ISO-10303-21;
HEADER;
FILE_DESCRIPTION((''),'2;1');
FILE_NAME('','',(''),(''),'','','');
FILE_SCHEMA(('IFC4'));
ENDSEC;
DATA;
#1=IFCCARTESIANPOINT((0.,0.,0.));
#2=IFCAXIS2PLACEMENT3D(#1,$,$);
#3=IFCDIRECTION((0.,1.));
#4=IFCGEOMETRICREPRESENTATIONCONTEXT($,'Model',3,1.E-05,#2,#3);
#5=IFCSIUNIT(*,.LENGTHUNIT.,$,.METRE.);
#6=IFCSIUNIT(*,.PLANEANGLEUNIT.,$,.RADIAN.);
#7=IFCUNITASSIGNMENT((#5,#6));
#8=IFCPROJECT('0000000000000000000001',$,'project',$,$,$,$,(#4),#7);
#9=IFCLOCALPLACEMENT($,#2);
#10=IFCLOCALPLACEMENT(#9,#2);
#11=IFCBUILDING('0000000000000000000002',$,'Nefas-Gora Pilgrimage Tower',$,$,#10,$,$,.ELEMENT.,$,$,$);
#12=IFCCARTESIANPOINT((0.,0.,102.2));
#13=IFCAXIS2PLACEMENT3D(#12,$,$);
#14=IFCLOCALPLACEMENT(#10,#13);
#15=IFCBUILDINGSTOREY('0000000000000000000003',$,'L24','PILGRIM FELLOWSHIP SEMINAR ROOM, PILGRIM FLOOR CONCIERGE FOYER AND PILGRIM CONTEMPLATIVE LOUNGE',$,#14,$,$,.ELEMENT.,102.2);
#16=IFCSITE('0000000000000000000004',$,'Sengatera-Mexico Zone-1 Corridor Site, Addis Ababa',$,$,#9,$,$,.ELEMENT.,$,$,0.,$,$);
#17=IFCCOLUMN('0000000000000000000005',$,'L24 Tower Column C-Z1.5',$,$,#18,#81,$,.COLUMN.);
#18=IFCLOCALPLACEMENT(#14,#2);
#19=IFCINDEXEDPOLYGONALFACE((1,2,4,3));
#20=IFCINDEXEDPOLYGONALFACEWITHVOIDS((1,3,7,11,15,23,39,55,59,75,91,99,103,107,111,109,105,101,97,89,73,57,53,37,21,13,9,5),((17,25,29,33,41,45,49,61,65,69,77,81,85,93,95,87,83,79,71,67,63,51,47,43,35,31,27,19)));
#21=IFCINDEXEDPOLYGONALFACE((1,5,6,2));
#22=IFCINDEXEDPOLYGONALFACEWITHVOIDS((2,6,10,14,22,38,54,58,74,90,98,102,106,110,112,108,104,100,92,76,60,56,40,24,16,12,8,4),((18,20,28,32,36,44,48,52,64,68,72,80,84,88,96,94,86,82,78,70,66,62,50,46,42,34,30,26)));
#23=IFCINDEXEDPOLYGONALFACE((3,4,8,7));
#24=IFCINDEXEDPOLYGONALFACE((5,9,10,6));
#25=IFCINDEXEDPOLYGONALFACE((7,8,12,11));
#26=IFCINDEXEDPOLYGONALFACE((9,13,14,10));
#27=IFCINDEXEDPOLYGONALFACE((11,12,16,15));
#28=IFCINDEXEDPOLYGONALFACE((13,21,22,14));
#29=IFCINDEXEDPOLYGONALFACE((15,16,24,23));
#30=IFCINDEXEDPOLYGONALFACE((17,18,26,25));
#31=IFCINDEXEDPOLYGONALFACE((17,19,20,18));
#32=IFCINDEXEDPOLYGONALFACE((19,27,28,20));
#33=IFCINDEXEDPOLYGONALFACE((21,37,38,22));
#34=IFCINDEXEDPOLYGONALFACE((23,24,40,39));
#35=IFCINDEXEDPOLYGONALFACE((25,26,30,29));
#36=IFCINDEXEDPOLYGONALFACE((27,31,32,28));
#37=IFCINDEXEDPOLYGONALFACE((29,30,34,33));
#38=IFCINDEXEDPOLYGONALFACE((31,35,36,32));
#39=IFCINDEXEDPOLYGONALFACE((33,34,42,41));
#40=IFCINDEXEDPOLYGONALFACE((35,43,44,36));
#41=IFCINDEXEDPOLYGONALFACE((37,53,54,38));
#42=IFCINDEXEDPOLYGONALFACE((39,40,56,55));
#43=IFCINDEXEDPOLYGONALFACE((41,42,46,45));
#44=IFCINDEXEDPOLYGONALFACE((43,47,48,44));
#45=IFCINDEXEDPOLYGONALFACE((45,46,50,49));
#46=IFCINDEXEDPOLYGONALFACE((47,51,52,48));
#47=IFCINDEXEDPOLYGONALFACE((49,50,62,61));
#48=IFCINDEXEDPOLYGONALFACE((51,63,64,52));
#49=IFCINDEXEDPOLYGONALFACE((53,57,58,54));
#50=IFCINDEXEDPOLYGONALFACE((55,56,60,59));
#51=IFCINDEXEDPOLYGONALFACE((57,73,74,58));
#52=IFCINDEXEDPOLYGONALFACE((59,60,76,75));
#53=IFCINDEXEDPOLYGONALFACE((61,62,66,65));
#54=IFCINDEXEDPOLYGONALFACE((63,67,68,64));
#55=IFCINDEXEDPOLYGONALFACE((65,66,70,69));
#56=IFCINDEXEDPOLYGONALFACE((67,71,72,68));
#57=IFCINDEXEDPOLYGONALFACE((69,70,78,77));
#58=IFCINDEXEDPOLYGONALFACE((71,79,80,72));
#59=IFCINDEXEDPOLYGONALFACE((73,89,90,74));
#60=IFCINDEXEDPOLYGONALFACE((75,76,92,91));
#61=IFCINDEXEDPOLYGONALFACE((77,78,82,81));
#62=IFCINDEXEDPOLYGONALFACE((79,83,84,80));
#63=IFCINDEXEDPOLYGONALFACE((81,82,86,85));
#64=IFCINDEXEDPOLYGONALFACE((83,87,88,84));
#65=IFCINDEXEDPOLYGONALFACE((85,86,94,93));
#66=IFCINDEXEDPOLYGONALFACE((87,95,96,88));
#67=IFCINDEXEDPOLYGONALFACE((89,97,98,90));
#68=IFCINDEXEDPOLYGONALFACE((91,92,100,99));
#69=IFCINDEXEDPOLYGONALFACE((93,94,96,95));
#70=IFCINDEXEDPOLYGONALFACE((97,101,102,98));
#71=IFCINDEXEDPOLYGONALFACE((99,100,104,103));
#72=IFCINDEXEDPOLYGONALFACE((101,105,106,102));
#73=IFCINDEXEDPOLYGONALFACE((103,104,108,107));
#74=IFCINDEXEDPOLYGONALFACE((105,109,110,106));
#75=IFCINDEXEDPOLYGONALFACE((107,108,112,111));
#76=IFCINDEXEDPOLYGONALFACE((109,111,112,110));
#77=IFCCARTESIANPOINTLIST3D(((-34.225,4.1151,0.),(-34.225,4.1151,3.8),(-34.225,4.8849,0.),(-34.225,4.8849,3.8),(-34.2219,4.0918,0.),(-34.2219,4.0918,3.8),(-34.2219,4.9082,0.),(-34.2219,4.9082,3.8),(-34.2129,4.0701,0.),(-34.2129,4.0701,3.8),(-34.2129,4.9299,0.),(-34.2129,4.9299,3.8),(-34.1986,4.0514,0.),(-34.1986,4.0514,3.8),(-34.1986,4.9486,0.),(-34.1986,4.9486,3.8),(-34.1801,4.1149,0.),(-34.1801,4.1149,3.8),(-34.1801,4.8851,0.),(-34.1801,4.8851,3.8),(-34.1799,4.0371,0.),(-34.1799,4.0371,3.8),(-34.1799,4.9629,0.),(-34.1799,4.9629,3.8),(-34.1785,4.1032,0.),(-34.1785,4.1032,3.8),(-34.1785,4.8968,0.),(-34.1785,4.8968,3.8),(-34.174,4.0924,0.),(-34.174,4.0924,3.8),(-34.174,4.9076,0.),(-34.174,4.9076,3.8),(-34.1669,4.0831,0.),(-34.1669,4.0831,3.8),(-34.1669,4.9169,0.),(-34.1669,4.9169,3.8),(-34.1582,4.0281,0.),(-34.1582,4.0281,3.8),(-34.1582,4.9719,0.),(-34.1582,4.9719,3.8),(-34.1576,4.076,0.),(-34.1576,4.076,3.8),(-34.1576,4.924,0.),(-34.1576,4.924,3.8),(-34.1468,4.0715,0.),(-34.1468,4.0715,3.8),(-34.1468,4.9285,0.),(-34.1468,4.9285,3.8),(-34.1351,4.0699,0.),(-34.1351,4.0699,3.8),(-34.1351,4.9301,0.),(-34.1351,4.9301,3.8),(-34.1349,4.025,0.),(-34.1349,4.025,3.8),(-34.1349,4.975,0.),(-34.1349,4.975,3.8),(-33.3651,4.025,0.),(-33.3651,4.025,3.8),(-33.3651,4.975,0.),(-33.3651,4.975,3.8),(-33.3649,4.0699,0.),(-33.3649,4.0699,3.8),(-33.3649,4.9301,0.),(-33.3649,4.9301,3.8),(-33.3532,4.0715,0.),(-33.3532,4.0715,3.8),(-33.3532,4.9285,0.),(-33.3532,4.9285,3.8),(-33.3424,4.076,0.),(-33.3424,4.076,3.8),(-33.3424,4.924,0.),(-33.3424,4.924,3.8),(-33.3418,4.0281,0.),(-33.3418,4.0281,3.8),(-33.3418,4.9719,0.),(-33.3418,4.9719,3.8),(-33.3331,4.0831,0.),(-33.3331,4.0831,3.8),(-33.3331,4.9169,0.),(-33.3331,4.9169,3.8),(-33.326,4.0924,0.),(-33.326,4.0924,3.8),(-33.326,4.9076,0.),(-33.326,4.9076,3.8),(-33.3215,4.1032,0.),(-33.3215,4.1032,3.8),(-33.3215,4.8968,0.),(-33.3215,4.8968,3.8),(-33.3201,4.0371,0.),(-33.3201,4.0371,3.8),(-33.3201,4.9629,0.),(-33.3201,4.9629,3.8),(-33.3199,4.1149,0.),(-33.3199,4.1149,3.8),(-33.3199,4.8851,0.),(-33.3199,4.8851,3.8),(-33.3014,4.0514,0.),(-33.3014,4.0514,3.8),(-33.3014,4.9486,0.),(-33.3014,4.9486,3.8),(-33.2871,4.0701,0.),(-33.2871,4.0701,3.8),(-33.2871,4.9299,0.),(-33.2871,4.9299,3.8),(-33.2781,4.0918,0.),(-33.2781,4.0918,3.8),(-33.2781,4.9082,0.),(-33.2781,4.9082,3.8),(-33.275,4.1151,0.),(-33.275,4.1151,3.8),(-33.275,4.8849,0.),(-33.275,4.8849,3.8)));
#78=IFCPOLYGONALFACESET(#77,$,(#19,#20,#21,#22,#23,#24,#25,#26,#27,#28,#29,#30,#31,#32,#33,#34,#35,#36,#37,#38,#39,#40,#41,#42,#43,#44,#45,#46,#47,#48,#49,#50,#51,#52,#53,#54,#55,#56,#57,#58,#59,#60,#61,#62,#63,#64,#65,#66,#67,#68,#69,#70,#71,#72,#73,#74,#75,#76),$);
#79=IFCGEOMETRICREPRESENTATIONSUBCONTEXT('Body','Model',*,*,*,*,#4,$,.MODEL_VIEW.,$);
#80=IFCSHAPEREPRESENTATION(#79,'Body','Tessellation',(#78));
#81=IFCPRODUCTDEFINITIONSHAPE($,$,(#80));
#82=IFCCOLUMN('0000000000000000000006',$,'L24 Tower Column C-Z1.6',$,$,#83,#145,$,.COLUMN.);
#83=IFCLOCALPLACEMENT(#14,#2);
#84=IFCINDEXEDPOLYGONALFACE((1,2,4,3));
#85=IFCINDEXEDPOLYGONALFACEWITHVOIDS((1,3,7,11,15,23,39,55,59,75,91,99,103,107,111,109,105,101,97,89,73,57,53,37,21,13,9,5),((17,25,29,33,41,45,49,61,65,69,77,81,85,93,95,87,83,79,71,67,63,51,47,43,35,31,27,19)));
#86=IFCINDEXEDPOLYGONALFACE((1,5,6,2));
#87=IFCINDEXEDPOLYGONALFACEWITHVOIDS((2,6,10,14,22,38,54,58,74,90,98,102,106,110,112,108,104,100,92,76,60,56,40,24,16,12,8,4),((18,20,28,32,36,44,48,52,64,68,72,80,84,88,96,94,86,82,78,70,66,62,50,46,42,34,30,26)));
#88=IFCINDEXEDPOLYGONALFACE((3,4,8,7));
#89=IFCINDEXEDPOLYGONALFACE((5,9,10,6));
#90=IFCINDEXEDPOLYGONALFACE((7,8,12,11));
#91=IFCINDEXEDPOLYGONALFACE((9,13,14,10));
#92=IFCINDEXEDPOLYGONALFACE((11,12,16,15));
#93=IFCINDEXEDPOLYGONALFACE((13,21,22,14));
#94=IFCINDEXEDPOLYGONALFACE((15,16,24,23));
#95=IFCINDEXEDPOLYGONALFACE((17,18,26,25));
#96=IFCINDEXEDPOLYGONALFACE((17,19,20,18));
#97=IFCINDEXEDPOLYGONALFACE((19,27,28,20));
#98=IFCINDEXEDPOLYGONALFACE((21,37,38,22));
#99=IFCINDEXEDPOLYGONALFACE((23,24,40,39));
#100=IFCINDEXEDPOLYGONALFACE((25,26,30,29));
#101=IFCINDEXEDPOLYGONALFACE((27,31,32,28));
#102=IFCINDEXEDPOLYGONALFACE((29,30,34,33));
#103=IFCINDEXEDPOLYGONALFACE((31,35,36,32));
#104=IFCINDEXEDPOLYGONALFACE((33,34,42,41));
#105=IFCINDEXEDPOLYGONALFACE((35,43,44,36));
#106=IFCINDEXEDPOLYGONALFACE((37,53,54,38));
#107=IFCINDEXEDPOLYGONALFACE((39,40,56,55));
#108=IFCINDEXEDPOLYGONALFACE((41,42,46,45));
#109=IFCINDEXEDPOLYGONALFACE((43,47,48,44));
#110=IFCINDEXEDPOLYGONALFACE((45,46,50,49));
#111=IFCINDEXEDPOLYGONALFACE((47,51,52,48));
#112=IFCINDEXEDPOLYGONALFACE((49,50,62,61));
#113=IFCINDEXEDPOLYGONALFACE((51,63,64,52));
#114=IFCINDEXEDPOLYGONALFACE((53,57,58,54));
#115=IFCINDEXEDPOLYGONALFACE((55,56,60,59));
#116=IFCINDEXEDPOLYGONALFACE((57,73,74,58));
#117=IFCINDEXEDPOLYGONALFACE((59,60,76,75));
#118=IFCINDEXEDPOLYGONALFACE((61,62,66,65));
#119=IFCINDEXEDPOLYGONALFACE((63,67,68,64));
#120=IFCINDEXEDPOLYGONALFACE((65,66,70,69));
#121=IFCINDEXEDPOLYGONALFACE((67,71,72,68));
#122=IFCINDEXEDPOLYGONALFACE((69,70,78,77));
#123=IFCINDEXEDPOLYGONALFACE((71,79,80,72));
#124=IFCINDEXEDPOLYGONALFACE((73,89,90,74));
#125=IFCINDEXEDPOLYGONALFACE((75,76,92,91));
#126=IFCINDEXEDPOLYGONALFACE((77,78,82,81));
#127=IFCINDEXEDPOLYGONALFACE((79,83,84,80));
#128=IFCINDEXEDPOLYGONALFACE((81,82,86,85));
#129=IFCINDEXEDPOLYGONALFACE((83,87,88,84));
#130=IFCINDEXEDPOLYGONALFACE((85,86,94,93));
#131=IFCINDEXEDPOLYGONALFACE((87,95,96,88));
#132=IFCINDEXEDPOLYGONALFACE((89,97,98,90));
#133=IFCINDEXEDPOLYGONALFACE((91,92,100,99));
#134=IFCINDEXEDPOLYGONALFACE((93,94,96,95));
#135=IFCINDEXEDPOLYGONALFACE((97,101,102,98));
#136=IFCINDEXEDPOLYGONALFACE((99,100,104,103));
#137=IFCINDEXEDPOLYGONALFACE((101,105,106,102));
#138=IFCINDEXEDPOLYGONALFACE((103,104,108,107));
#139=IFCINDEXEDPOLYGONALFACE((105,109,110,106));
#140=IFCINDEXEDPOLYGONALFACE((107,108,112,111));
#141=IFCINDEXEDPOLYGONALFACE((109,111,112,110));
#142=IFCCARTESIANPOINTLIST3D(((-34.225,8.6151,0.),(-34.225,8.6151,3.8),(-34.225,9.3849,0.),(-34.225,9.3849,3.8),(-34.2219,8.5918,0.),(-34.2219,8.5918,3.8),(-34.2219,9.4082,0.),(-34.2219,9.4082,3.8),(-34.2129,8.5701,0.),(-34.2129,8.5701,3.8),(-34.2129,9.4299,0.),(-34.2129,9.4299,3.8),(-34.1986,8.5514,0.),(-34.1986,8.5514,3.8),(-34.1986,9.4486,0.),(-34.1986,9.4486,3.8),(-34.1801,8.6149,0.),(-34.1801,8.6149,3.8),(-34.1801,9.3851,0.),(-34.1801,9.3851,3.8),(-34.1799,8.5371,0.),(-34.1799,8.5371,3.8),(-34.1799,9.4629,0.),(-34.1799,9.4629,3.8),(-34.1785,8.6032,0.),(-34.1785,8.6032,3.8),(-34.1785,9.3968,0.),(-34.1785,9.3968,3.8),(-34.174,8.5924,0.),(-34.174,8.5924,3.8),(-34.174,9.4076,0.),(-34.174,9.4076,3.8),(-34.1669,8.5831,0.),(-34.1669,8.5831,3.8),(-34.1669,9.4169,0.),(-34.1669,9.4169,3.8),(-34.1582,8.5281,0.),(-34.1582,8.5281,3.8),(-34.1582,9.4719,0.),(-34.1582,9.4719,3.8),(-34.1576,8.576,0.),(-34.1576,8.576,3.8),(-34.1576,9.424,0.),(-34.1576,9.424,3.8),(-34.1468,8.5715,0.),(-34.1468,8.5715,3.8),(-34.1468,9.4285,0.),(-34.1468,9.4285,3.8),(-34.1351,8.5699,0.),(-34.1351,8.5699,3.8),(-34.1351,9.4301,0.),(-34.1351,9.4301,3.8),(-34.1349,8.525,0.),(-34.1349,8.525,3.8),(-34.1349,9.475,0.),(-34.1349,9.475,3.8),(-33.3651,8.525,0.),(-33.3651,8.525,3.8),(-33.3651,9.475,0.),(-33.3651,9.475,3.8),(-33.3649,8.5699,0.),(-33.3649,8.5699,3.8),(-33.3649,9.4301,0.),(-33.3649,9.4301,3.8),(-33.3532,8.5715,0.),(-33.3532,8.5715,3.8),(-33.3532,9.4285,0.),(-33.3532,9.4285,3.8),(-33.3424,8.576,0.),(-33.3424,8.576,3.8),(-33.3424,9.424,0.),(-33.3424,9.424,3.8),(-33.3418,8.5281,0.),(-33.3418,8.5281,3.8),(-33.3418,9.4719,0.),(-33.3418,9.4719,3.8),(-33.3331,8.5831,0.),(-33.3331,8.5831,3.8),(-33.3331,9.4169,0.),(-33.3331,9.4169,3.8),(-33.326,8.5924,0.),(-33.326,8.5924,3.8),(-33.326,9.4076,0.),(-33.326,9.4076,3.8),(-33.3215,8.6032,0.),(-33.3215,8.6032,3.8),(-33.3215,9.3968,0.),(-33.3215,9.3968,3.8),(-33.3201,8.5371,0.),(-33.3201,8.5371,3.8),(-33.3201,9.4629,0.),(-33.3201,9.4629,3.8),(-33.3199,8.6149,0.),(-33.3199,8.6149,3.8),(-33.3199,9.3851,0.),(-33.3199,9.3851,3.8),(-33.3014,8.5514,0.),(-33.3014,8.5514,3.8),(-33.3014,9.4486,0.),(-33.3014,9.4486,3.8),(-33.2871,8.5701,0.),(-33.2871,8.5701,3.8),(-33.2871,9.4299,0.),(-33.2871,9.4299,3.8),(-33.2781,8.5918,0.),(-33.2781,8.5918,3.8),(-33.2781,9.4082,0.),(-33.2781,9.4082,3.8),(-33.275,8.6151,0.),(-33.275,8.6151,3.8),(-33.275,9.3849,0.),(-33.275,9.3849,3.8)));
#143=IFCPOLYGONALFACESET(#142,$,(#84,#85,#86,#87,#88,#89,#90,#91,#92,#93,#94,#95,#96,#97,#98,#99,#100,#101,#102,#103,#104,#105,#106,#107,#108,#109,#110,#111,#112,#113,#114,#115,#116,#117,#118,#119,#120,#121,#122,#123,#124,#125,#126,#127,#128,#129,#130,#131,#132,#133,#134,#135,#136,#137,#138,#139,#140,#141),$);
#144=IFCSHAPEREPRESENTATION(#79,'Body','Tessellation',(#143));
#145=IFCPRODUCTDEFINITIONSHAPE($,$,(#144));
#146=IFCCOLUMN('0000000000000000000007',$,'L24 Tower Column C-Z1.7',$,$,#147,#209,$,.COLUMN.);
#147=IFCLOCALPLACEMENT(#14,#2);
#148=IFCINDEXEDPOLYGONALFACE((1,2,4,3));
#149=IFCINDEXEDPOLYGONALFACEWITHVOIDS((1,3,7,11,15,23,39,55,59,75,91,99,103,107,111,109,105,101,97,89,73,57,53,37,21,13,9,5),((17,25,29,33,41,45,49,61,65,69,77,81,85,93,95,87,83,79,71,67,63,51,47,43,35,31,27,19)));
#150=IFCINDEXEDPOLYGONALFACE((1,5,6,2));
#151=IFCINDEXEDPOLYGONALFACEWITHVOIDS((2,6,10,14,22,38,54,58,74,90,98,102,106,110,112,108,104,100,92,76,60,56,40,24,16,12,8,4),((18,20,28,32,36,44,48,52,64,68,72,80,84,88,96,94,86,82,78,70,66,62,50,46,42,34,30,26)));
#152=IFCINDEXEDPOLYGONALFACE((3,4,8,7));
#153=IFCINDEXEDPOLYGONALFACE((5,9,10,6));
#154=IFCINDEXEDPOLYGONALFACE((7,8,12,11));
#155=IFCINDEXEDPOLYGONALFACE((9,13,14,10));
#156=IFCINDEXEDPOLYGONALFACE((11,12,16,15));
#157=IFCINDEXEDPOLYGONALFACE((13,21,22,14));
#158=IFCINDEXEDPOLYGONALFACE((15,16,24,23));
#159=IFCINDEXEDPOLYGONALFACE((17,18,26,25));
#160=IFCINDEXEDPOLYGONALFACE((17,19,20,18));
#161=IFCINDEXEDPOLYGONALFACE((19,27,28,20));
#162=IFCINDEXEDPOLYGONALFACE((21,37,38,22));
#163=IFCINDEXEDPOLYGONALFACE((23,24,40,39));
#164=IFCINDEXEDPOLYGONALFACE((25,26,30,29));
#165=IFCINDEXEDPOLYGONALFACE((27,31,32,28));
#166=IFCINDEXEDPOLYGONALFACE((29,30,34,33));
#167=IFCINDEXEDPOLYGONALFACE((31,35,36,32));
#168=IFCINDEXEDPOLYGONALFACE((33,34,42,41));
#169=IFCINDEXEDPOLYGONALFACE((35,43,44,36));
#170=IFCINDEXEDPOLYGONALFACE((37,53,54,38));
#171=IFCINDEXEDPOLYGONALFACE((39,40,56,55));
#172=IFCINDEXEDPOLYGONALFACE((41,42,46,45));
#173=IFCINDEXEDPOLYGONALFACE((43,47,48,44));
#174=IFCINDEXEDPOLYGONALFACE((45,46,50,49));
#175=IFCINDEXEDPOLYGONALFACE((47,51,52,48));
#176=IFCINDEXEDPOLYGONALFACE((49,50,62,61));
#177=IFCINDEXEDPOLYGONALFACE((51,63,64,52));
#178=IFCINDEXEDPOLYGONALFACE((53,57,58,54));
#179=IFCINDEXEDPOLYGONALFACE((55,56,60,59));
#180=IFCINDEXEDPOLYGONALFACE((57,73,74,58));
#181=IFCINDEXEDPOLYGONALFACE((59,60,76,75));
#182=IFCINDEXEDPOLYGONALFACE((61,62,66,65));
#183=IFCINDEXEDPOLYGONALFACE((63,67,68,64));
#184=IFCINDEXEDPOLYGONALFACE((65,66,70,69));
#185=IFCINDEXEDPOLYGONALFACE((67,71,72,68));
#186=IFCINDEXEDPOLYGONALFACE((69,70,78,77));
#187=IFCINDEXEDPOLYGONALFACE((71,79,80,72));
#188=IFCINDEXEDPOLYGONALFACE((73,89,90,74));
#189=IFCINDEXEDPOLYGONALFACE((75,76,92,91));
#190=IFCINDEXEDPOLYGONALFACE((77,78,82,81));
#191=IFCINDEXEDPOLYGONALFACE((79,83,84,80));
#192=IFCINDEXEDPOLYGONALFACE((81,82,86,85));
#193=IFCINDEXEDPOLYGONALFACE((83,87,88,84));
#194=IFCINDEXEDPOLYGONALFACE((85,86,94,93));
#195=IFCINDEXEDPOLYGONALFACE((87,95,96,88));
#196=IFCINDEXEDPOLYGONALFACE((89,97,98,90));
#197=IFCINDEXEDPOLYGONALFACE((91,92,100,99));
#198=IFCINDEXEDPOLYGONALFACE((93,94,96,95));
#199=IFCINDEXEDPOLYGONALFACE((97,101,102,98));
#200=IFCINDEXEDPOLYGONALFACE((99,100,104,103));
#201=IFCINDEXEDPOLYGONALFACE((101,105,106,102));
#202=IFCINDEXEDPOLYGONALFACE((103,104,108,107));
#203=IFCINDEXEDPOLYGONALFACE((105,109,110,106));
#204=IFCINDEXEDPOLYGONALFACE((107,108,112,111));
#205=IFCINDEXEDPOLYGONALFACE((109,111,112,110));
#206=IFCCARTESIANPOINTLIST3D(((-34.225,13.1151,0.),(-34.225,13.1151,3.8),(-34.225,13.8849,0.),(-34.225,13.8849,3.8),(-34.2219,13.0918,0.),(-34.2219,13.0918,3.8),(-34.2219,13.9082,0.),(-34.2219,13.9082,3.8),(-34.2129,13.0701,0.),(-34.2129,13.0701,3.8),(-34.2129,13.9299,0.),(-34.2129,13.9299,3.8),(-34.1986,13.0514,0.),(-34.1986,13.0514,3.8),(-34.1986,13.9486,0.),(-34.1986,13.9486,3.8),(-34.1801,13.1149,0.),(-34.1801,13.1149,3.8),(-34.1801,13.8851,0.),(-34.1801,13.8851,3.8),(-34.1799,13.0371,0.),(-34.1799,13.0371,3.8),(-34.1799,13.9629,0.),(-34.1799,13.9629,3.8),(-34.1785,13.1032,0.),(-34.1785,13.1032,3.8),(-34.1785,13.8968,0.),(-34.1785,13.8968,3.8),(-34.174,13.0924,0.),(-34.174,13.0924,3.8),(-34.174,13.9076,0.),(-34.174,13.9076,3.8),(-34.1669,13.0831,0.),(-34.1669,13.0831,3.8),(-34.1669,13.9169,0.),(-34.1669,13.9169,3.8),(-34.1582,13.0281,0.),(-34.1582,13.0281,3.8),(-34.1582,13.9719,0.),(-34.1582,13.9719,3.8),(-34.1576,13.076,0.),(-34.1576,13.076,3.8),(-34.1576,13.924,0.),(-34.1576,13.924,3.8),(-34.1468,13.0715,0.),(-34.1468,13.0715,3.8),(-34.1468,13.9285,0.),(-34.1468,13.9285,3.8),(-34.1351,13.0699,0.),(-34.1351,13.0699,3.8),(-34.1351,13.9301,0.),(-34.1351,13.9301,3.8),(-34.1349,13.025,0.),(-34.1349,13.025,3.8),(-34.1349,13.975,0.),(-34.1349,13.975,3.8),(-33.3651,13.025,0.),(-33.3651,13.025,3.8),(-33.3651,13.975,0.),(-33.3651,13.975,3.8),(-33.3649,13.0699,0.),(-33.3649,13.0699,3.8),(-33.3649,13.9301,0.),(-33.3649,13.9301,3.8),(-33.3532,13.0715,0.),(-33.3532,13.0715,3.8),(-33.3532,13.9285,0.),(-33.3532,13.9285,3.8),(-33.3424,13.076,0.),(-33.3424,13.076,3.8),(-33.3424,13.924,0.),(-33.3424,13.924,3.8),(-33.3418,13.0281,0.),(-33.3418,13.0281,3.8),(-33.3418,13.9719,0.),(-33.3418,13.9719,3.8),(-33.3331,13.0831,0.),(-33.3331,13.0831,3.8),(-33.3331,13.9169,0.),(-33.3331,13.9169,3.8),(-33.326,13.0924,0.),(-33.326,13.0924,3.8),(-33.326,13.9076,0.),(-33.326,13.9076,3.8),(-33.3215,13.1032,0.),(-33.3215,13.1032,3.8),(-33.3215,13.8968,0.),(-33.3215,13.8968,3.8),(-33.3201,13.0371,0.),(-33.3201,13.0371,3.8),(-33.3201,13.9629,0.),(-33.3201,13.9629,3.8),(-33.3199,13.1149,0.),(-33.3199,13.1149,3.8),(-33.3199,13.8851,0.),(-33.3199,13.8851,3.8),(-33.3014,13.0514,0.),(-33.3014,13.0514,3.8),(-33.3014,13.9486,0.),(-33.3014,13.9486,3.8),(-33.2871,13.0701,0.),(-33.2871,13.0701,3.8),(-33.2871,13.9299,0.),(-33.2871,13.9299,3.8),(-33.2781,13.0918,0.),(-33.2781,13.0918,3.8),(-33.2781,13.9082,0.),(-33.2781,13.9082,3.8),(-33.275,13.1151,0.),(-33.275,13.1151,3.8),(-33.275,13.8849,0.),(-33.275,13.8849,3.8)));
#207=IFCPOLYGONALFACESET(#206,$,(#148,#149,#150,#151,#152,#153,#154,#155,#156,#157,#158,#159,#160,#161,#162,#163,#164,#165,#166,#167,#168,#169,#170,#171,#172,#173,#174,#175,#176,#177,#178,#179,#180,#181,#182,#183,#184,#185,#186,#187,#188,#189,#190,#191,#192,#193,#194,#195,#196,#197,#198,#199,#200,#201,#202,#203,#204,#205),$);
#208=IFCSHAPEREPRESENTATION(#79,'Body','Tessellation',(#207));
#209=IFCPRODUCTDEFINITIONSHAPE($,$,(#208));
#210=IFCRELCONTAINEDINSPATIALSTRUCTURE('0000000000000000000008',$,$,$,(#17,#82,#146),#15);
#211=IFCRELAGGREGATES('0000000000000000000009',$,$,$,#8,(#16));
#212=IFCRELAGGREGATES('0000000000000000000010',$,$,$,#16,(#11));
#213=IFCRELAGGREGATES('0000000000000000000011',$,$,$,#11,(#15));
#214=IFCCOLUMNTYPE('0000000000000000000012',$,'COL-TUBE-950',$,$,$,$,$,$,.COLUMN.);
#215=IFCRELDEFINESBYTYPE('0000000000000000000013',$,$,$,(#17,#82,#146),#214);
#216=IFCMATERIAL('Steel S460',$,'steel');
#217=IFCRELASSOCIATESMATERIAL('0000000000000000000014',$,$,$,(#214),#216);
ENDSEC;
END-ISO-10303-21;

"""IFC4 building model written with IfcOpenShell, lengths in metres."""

from ifc_helpers import new_model, si_unit, direction, frame, origin, origin_2d, place, context, subcontext, project, spatial, hollow_rectangle, extrude, source, transform, mapped, material, material_profile, profile_set, type_object, element, save


model = new_model("IFC4")

# Units and contexts
model_context = context("Model", 3, precision=1e-05, world=origin(), true_north=direction((0.0, 1.0)))
body_context = subcontext(model_context, "Body", "Model", "MODEL_VIEW")
ifc_project = project(units=[si_unit("LENGTHUNIT", "METRE"), si_unit("PLANEANGLEUNIT", "RADIAN")], contexts=[model_context])

# Site, building, storey
site_placement = place(None, origin())
site = spatial("IfcSite", under=ifc_project, at=site_placement, Name="Sengatera-Mexico Zone-1 Corridor Site, Addis Ababa", CompositionType="ELEMENT", RefElevation=0.0)
building_placement = place(site_placement, origin())
building = spatial("IfcBuilding", under=site, at=building_placement, Name="Nefas-Gora Pilgrimage Tower", CompositionType="ELEMENT")
storey_placement = place(building_placement, frame((0.0, 0.0, 102.2)))
storey = spatial("IfcBuildingStorey", under=building, at=storey_placement, Name="L24", Description="PILGRIM FELLOWSHIP SEMINAR ROOM, PILGRIM FLOOR CONCIERGE FOYER AND PILGRIM CONTEMPLATIVE LOUNGE", CompositionType="ELEMENT", Elevation=102.2)

# Columns
ifc_material_1 = material(Name="Steel S460", Category="steel")
ifc_material_profile_1 = material_profile(ifc_material_1, hollow_rectangle(XDim=0.95, YDim=0.95, WallThickness=0.0449, InnerFilletRadius=0.0449, OuterFilletRadius=0.0901, at=origin_2d()), Name="BOX 950x950x45")
ifc_profile_set_1 = profile_set([ifc_material_profile_1], Name="Steel S460")
column_type_1 = type_object("IfcColumnType", Name="COL-TUBE-950", PredefinedType="COLUMN", material=ifc_profile_set_1)
shared_shape_1 = source(origin(), body_context, "Body", "SweptSolid", [
    extrude(hollow_rectangle(XDim=0.95, YDim=0.95, WallThickness=0.0449, InnerFilletRadius=0.0449, OuterFilletRadius=0.0901, at=origin_2d()), origin(), (0.0, 0.0, 1.0), 3.8),
])
for number, where, z_axis, x_axis, name in (
    (1, (-33.75, 4.5, 0.0), (0.0, 0.0, 1.0), (1.0, 0.0, 0.0), "L24 Tower Column C-Z1.5"),
    (2, (-33.75, 9.0, 0.0), (0.0, 0.0, 1.0), (1.0, 0.0, 0.0), "L24 Tower Column C-Z1.6"),
    (3, (-33.75, 13.5, 0.0), (0.0, 0.0, 1.0), (1.0, 0.0, 0.0), "L24 Tower Column C-Z1.7"),
):
    element("IfcColumn", number, at=place(storey_placement, frame(where, z_axis=z_axis, x_axis=x_axis)), inside=storey, type_object=column_type_1, Name=name, PredefinedType="COLUMN", context=body_context, shape_type="MappedRepresentation", body=[
        mapped(shared_shape_1, transform((0.0, 0.0, 0.0), x_axis=(1.0, 0.0, 0.0), y_axis=(0.0, 1.0, 0.0), z_axis=(0.0, 0.0, 1.0), scale=1.0)),
    ])

save(model, "model.ifc")
